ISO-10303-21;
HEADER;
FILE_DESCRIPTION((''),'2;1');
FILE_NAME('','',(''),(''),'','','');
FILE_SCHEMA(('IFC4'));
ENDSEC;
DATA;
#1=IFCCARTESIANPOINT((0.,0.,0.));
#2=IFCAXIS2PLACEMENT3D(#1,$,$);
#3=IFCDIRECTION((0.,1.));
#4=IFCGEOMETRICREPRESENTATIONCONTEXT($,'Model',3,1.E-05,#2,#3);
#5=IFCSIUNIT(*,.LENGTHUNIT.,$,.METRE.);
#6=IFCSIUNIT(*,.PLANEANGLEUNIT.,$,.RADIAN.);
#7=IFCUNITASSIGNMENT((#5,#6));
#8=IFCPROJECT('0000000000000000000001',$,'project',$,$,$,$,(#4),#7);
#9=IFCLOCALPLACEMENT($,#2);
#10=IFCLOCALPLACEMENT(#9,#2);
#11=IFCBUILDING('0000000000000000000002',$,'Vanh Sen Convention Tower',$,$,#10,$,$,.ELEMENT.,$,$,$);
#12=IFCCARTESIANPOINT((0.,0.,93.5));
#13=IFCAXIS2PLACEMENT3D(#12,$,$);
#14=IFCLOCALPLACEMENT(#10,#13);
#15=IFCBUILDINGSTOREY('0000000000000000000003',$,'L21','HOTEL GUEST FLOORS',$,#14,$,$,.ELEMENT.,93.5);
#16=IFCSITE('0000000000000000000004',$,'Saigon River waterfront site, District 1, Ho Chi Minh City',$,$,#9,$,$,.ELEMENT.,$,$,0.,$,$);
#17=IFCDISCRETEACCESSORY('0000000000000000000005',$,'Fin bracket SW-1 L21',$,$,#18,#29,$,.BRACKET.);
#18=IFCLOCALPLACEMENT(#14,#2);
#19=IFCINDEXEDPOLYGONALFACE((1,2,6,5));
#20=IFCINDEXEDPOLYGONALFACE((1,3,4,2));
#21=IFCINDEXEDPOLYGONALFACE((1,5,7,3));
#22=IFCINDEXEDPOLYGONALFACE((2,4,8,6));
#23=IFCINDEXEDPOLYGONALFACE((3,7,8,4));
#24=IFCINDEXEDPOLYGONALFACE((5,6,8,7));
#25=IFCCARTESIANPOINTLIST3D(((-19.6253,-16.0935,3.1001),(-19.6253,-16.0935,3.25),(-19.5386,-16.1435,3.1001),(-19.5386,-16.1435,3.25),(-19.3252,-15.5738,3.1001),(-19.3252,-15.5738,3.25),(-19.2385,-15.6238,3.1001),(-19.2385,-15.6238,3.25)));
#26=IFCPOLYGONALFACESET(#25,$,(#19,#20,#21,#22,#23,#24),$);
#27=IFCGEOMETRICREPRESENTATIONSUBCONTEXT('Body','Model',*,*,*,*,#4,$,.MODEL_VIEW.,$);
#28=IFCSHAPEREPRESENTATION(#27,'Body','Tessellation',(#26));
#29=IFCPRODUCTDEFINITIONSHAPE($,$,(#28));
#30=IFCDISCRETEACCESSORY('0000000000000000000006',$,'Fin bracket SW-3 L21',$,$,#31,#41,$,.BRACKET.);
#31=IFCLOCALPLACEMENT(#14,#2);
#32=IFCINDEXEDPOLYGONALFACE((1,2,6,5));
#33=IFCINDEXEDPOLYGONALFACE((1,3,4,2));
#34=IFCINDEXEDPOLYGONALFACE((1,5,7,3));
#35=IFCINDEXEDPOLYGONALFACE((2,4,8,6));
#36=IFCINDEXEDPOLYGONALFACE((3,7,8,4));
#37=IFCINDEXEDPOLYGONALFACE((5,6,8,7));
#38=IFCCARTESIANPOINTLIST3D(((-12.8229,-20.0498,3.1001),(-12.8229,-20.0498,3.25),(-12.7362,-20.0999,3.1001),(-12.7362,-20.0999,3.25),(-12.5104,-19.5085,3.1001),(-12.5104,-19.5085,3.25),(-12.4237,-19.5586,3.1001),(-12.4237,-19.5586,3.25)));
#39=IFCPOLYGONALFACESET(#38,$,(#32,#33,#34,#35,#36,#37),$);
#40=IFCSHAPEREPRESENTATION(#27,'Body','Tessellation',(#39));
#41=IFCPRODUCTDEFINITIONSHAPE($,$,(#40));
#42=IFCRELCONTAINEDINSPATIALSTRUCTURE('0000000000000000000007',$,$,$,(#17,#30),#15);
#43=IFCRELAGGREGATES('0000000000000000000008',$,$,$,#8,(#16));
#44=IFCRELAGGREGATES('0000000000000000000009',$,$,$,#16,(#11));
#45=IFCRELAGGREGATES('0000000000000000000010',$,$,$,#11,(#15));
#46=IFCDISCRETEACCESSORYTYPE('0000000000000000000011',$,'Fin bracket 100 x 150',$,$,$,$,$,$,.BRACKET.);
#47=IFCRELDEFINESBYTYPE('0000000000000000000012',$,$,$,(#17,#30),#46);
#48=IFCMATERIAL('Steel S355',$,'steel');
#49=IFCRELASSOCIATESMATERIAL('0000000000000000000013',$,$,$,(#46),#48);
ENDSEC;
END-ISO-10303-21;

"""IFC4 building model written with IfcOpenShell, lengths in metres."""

from ifc_helpers import new_model, si_unit, direction, frame, origin, origin_2d, place, context, subcontext, project, spatial, rectangle, extrude, material, type_object, element, save


model = new_model("IFC4")

# Units and contexts
model_context = context("Model", 3, precision=1e-05, world=origin(), true_north=direction((0.0, 1.0)))
body_context = subcontext(model_context, "Body", "Model", "MODEL_VIEW")
ifc_project = project(units=[si_unit("LENGTHUNIT", "METRE"), si_unit("PLANEANGLEUNIT", "RADIAN")], contexts=[model_context])

# Site, building, storey
site_placement = place(None, origin())
site = spatial("IfcSite", under=ifc_project, at=site_placement, Name="Saigon River waterfront site, District 1, Ho Chi Minh City", CompositionType="ELEMENT", RefElevation=0.0)
building_placement = place(site_placement, origin())
building = spatial("IfcBuilding", under=site, at=building_placement, Name="Vanh Sen Convention Tower", CompositionType="ELEMENT")
storey_placement = place(building_placement, frame((0.0, 0.0, 93.5)))
storey = spatial("IfcBuildingStorey", under=building, at=storey_placement, Name="L21", Description="HOTEL GUEST FLOORS", CompositionType="ELEMENT", Elevation=93.5)

# Discrete accessories
ifc_material_1 = material(Name="Steel S355", Category="steel")
discrete_accessory_type = type_object("IfcDiscreteAccessoryType", Name="Fin bracket 100 x 150", PredefinedType="BRACKET", material=ifc_material_1)
discrete_accessory_1_placement = place(storey_placement, frame((-19.4319, -15.8586, 3.1001), z_axis=(0.0, 0.0, 1.0), x_axis=(-0.5, -0.866025, 0.0)))
element("IfcDiscreteAccessory", 1, at=discrete_accessory_1_placement, inside=storey, type_object=discrete_accessory_type, Name="Fin bracket SW-1 L21", PredefinedType="BRACKET", context=body_context, shape_type="SweptSolid", body=[
    extrude(rectangle(XDim=0.6001, YDim=0.1001, at=origin_2d()), origin(), (0.0, 0.0, 1.0), 0.1499),
])
discrete_accessory_2_placement = place(storey_placement, frame((-12.6233, -19.8042, 3.1001), z_axis=(0.0, 0.0, 1.0), x_axis=(-0.5, -0.866025, 0.0)))
element("IfcDiscreteAccessory", 2, at=discrete_accessory_2_placement, inside=storey, type_object=discrete_accessory_type, Name="Fin bracket SW-3 L21", PredefinedType="BRACKET", context=body_context, shape_type="SweptSolid", body=[
    extrude(rectangle(XDim=0.625, YDim=0.1001, at=origin_2d()), origin(), (0.0, 0.0, 1.0), 0.1499),
])

save(model, "model.ifc")
